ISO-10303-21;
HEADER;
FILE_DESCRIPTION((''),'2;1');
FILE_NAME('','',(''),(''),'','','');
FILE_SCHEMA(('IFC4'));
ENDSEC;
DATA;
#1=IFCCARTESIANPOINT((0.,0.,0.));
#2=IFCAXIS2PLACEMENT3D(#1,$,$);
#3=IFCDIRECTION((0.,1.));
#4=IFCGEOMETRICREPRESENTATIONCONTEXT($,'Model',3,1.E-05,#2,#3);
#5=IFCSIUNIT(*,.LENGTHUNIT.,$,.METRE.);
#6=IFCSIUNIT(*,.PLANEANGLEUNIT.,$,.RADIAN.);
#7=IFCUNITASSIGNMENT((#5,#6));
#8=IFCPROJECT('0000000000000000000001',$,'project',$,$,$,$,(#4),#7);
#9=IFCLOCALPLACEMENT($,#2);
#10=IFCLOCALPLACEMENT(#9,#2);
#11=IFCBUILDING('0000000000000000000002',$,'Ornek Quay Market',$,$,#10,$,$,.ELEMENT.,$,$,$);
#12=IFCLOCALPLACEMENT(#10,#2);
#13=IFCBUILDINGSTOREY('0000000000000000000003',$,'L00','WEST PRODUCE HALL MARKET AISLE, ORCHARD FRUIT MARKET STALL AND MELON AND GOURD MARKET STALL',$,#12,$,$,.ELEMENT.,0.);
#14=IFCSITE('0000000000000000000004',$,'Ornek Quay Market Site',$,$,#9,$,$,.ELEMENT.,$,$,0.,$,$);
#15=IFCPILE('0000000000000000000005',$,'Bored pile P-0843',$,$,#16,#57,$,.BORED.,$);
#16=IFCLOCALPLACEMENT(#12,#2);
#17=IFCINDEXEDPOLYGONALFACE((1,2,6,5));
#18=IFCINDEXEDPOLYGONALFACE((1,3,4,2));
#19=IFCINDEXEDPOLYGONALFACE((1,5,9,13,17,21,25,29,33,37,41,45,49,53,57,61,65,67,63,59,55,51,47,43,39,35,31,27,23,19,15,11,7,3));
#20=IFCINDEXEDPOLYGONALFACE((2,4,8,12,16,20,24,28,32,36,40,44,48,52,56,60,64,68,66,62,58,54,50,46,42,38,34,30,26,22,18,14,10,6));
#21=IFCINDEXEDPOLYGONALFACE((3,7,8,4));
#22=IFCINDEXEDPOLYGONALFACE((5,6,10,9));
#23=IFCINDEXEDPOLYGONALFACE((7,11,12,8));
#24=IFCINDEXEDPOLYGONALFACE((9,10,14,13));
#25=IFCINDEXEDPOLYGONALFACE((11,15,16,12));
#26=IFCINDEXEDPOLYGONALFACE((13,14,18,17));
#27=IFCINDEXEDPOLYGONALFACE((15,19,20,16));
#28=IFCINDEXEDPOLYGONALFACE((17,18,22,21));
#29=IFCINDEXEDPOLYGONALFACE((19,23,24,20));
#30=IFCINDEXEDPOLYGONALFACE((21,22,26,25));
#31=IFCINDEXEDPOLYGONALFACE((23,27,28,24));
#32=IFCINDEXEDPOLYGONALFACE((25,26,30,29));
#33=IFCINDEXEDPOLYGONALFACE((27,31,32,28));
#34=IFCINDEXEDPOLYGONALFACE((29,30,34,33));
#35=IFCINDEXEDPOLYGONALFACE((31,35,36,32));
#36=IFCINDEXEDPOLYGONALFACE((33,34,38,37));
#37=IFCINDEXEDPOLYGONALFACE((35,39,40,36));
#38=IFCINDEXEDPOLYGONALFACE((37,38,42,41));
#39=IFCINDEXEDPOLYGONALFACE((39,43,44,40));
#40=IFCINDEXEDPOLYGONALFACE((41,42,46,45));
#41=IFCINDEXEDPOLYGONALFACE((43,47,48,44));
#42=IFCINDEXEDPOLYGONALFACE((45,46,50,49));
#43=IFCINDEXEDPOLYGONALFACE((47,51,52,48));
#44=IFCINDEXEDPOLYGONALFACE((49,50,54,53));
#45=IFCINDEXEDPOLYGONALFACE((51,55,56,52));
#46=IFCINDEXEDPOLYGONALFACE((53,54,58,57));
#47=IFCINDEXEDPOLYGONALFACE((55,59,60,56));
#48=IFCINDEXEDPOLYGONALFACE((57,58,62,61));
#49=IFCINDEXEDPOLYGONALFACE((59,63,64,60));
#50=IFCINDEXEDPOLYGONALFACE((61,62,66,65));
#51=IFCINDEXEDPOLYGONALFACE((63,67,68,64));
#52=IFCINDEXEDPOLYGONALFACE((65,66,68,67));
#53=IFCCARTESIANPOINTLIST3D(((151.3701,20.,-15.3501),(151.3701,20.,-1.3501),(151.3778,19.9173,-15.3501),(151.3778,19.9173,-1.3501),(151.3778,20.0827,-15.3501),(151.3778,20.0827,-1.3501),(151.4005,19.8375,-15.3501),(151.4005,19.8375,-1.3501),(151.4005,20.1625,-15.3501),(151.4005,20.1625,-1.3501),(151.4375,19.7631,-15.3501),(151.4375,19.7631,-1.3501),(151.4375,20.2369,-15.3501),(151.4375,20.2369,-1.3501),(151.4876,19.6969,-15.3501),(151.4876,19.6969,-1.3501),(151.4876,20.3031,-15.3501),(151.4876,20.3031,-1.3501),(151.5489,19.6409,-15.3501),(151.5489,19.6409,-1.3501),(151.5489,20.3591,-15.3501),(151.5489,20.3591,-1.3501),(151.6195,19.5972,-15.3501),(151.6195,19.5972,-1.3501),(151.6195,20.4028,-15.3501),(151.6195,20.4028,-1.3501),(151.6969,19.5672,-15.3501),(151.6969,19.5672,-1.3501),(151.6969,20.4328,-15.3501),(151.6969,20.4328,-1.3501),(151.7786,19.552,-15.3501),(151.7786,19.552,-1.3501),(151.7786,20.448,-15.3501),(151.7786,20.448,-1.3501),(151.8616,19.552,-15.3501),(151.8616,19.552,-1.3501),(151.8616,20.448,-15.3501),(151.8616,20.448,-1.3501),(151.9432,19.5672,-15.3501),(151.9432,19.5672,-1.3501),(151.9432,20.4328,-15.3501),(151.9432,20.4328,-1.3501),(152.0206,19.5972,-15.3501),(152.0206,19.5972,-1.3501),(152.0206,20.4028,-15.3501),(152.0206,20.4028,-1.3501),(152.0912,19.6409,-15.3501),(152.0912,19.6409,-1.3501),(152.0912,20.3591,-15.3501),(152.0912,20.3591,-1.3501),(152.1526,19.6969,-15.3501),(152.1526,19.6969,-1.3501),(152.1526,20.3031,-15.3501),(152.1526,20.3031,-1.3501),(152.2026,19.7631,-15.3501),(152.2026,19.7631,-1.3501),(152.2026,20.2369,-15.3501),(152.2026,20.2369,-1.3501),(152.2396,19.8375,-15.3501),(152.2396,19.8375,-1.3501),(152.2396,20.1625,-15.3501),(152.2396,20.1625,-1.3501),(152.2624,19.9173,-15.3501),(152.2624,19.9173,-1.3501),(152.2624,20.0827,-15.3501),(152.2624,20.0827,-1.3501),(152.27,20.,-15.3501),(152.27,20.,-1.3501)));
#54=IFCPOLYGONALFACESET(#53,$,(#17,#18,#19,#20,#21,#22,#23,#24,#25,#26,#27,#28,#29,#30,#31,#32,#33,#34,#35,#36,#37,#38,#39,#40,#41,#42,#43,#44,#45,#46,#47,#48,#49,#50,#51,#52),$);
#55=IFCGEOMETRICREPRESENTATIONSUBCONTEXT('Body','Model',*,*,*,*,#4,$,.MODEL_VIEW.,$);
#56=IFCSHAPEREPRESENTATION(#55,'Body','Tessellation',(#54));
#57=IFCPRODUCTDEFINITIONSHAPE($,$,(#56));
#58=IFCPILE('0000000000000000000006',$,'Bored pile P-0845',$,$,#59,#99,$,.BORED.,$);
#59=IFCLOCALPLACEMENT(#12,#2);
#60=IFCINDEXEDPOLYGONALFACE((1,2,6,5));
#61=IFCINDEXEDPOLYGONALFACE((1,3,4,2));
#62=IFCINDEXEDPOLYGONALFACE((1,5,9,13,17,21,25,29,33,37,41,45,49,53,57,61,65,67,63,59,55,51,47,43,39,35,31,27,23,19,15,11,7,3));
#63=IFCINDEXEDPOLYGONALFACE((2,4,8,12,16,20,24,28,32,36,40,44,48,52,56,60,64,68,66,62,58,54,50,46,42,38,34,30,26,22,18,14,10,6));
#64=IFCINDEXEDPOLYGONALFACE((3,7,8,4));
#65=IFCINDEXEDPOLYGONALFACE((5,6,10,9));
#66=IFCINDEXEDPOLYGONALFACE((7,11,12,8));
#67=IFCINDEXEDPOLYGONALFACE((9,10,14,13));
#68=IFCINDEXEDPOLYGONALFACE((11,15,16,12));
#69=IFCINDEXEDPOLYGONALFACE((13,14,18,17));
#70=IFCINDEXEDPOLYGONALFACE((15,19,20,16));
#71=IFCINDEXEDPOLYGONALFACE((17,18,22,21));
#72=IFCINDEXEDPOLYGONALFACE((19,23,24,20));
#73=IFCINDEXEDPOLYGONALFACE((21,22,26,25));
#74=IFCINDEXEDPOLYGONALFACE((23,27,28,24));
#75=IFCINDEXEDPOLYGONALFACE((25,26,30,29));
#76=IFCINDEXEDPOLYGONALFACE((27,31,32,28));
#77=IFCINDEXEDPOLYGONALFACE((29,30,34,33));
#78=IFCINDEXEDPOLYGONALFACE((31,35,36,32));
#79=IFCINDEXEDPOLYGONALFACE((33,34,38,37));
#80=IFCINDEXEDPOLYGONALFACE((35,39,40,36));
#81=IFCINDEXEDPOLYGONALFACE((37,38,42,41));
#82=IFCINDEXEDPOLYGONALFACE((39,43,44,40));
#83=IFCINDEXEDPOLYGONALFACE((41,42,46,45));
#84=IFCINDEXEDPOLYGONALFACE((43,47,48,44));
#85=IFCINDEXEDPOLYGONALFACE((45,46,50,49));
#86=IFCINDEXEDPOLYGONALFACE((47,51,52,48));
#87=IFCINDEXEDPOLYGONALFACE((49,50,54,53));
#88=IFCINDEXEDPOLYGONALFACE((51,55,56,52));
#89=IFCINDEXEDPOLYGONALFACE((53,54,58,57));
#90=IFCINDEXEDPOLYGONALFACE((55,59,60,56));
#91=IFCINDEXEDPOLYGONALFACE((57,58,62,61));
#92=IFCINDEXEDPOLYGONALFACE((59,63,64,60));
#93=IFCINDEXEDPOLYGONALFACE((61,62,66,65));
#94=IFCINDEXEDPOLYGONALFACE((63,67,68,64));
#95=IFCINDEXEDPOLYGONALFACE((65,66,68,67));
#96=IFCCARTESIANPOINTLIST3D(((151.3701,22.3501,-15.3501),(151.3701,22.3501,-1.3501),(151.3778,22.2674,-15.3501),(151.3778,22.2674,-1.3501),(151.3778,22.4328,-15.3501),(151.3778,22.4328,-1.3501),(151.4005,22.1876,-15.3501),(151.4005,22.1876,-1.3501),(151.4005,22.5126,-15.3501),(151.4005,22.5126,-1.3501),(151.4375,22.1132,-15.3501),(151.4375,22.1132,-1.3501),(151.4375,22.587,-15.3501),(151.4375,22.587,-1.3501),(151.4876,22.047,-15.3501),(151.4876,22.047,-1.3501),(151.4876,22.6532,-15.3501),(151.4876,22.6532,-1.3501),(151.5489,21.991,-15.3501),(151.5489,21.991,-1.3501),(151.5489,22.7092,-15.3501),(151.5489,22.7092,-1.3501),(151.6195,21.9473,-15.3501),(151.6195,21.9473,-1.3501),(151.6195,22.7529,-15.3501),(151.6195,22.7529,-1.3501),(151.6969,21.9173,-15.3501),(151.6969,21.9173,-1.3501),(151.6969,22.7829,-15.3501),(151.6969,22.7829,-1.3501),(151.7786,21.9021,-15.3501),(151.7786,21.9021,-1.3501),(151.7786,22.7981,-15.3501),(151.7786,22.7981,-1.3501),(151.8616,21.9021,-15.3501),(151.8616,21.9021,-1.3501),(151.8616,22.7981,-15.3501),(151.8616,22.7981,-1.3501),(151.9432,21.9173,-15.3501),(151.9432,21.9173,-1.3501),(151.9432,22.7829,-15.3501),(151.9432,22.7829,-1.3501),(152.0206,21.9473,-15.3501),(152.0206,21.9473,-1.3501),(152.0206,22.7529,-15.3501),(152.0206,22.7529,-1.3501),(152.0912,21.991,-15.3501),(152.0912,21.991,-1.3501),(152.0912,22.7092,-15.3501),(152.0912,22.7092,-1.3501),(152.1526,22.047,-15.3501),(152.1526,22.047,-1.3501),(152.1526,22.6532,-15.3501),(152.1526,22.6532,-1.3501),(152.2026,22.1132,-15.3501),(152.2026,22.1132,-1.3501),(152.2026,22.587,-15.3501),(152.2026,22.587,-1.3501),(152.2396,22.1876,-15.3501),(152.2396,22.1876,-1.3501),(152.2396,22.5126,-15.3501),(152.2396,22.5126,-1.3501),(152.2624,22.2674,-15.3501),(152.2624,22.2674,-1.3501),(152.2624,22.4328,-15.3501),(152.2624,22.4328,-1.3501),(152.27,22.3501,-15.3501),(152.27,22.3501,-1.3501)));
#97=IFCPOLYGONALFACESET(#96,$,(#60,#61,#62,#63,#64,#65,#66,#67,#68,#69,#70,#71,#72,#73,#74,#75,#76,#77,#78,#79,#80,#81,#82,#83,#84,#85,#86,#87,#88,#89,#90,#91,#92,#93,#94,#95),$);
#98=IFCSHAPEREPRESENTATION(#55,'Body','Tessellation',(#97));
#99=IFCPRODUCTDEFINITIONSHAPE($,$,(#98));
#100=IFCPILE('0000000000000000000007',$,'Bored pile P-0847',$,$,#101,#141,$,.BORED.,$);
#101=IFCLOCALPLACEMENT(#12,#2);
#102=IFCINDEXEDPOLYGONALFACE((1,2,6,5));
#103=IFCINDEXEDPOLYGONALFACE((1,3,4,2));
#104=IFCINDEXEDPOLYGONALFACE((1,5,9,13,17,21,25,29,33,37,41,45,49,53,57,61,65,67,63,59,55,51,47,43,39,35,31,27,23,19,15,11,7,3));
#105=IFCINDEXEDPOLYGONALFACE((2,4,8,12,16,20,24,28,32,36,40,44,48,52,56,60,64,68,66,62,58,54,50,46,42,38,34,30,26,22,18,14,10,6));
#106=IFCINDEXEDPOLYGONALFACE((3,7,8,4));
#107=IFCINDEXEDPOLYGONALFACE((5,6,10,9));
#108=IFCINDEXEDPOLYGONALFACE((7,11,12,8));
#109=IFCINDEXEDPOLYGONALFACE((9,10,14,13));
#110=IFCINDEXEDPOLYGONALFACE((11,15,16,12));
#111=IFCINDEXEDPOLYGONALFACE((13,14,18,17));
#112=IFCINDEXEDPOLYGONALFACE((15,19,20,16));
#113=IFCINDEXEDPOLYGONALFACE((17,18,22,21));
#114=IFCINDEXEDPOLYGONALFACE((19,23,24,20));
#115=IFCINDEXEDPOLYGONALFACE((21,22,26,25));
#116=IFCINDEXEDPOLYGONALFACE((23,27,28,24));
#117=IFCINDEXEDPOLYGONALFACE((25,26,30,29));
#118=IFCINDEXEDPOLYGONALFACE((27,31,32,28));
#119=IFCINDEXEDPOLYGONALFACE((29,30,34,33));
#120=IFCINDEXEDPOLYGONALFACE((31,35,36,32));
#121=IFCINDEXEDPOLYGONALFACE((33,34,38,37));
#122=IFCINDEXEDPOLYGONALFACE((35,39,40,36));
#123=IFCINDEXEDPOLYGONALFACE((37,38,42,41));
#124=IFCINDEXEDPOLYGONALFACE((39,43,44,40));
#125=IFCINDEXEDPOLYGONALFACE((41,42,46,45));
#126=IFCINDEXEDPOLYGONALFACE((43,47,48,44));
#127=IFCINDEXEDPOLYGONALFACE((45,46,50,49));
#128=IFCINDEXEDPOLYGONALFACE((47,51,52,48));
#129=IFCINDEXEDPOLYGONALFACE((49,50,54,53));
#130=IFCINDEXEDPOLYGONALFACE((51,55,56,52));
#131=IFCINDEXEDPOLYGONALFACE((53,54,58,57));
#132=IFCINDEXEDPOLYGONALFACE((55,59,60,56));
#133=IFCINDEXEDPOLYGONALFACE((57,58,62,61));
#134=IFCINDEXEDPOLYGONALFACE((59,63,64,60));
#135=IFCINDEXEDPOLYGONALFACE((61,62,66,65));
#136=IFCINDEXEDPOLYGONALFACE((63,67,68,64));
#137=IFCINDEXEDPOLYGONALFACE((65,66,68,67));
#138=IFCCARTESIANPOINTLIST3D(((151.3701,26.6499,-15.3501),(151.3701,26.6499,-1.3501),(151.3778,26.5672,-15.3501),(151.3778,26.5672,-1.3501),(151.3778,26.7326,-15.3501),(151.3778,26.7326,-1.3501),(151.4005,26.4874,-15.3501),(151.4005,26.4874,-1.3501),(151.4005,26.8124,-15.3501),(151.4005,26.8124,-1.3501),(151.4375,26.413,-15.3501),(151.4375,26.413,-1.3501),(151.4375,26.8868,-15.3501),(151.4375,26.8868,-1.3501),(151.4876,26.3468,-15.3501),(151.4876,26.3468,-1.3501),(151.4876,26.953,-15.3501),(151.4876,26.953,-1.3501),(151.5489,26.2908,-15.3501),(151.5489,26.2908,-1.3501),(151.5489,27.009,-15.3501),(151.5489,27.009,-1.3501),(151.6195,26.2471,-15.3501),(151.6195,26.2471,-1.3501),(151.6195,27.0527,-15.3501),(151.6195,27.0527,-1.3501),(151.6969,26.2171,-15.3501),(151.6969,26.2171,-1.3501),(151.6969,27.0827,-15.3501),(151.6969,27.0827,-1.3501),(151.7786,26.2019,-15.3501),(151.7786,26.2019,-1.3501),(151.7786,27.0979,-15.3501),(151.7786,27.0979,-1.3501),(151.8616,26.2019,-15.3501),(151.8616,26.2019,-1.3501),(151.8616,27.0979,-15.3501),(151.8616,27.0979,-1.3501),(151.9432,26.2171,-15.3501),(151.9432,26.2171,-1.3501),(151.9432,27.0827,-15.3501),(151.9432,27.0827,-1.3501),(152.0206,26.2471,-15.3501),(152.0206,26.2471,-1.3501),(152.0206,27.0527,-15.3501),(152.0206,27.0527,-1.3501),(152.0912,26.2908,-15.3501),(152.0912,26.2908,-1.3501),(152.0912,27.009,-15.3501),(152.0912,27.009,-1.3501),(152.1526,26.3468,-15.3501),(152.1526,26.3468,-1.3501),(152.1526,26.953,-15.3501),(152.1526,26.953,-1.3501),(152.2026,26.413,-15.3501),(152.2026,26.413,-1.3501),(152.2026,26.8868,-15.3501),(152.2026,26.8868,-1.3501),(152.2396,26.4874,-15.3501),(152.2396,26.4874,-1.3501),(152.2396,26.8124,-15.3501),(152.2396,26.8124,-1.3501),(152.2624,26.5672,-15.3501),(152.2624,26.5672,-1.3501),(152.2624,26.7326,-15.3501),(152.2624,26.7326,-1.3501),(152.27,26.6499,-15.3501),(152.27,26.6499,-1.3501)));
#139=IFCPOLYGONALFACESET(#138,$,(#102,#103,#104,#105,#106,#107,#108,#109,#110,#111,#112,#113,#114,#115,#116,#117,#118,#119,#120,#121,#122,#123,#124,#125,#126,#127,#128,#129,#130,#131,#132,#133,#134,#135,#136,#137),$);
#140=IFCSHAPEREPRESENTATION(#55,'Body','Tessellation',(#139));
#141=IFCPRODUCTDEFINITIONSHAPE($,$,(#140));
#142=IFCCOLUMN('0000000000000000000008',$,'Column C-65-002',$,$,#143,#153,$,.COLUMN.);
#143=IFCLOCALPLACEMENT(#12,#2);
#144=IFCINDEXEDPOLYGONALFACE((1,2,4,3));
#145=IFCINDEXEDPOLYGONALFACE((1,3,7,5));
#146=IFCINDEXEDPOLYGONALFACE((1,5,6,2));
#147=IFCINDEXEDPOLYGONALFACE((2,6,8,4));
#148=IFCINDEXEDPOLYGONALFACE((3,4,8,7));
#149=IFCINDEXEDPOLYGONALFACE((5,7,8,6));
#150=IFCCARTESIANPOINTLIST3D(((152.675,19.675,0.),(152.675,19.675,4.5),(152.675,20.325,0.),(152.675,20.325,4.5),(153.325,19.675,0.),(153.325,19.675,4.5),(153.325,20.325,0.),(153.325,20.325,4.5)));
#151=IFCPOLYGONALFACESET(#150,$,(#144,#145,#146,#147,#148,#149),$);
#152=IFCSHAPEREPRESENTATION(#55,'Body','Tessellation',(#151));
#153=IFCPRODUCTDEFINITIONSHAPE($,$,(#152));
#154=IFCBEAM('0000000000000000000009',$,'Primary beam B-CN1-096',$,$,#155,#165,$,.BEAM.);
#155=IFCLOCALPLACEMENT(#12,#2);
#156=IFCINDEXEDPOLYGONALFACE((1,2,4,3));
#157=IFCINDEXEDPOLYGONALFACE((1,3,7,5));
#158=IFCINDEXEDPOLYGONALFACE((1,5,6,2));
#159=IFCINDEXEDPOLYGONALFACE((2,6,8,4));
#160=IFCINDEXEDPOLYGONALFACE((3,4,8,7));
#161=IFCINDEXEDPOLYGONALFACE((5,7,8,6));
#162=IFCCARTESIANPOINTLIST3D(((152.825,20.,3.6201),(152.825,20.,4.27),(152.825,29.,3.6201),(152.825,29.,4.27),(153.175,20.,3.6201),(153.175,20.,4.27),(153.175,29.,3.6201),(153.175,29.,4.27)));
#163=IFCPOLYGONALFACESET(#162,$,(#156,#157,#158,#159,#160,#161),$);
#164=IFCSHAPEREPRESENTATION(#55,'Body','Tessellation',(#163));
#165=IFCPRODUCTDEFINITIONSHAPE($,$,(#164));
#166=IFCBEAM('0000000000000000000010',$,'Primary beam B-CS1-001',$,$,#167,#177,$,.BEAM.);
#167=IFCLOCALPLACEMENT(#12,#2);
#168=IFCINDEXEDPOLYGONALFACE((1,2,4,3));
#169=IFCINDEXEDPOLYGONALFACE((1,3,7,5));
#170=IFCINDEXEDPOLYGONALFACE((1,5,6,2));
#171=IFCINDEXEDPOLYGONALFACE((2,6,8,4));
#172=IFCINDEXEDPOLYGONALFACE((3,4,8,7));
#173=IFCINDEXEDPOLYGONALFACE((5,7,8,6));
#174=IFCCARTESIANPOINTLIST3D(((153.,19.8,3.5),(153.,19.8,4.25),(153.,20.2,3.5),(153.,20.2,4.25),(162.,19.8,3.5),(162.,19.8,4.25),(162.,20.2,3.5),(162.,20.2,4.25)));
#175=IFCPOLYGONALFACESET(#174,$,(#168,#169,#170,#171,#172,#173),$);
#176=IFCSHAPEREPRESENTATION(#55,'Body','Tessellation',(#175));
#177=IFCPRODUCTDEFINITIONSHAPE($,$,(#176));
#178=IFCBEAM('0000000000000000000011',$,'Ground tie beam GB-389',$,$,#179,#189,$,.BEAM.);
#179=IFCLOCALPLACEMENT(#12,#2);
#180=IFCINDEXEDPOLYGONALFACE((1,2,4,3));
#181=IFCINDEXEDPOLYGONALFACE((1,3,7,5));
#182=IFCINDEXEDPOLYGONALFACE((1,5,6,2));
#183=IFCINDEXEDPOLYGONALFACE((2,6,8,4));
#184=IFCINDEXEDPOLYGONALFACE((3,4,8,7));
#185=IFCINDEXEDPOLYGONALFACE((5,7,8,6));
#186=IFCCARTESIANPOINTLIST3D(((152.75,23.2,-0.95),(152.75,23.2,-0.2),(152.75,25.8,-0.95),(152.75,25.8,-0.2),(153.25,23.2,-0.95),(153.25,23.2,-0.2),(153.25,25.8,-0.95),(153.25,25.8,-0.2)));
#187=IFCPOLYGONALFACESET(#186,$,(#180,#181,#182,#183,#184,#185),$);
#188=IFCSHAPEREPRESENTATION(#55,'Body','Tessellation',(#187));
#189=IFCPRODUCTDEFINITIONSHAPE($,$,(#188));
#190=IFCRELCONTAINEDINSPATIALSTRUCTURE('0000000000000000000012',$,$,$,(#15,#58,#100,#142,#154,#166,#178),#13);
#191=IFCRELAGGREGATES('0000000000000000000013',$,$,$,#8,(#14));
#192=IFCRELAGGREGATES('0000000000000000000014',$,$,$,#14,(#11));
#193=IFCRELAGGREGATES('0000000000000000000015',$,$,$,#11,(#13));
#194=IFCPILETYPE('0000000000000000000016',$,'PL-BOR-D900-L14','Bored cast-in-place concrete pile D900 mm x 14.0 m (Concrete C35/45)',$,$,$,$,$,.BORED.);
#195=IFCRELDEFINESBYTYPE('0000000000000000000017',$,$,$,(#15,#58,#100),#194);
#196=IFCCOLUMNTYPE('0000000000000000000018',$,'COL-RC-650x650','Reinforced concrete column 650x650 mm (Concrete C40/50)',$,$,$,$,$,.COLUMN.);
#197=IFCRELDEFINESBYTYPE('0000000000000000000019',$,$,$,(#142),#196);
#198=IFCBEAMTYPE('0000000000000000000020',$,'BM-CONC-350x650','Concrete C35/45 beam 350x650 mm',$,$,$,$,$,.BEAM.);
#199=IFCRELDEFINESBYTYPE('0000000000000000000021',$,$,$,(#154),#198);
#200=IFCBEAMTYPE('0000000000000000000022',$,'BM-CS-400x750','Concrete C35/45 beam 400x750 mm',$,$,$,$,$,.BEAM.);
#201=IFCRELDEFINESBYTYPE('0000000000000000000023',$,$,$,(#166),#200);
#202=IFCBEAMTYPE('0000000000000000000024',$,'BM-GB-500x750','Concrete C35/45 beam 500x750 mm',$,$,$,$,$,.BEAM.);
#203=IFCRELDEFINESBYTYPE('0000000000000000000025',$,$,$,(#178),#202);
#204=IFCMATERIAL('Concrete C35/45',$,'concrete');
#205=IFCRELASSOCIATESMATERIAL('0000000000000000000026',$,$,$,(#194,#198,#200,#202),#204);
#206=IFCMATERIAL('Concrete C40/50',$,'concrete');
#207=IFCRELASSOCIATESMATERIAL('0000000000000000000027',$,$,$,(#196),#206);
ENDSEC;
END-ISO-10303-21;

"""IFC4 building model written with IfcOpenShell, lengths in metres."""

from ifc_helpers import new_model, si_unit, direction, frame, origin, origin_2d, place, context, subcontext, project, spatial, rectangle, circle, extrude, material, material_profile, profile_set, type_object, element, save


model = new_model("IFC4")

# Units and contexts
model_context = context("Model", 3, precision=1e-05, world=origin(), true_north=direction((0.0, 1.0)))
body_context = subcontext(model_context, "Body", "Model", "MODEL_VIEW")
ifc_project = project(units=[si_unit("LENGTHUNIT", "METRE"), si_unit("PLANEANGLEUNIT", "RADIAN")], contexts=[model_context])

# Site, building, storey
site_placement = place(None, origin())
site = spatial("IfcSite", under=ifc_project, at=site_placement, Name="Ornek Quay Market Site", CompositionType="ELEMENT", RefElevation=0.0)
building_placement = place(site_placement, origin())
building = spatial("IfcBuilding", under=site, at=building_placement, Name="Ornek Quay Market", CompositionType="ELEMENT")
storey_placement = place(building_placement, origin())
storey = spatial("IfcBuildingStorey", under=building, at=storey_placement, Name="L00", Description="WEST PRODUCE HALL MARKET AISLE, ORCHARD FRUIT MARKET STALL AND MELON AND GOURD MARKET STALL", CompositionType="ELEMENT", Elevation=0.0)

# Piles
ifc_material_1 = material(Name="Concrete C35/45", Category="concrete")
ifc_material_profile_1 = material_profile(ifc_material_1, circle(Radius=0.45, at=origin_2d()), Name="PILE D900", Category="concrete")
ifc_profile_set_1 = profile_set([ifc_material_profile_1], Name="Concrete C35/45")
pile_type = type_object("IfcPileType", Name="PL-BOR-D900-L14", Description="Bored cast-in-place concrete pile D900 mm x 14.0 m (Concrete C35/45)", PredefinedType="BORED", material=ifc_profile_set_1)
for number, where, z_axis, x_axis, name in (
    (1, (151.8201, 20.0, -1.3501), (0.0, 0.0, -1.0), (1.0, 0.0, 0.0), "Bored pile P-0843"),
    (2, (151.8201, 22.3501, -1.3501), (0.0, 0.0, -1.0), (1.0, 0.0, 0.0), "Bored pile P-0845"),
    (3, (151.8201, 26.6499, -1.3501), (0.0, 0.0, -1.0), (1.0, 0.0, 0.0), "Bored pile P-0847"),
):
    element("IfcPile", number, at=place(storey_placement, frame(where, z_axis=z_axis, x_axis=x_axis)), inside=storey, type_object=pile_type, Name=name, PredefinedType="BORED", context=body_context, shape_type="SweptSolid", body=[
        extrude(circle(Radius=0.45, at=origin_2d()), origin(), (0.0, 0.0, 1.0), 14.0),
    ])

# Column
ifc_material_2 = material(Name="Concrete C40/50", Category="concrete")
ifc_material_profile_2 = material_profile(ifc_material_2, rectangle(XDim=0.6499, YDim=0.6499, at=origin_2d()), Name="RC 650x650", Category="concrete")
ifc_profile_set_2 = profile_set([ifc_material_profile_2], Name="Concrete C40/50")
column_type = type_object("IfcColumnType", Name="COL-RC-650x650", Description="Reinforced concrete column 650x650 mm (Concrete C40/50)", PredefinedType="COLUMN", material=ifc_profile_set_2)
column_placement = place(storey_placement, frame((153.0, 20.0, 0.0), z_axis=(0.0, 0.0, 1.0), x_axis=(1.0, 0.0, 0.0)))
element("IfcColumn", 4, at=column_placement, inside=storey, type_object=column_type, Name="Column C-65-002", PredefinedType="COLUMN", context=body_context, shape_type="SweptSolid", body=[
    extrude(rectangle(XDim=0.6499, YDim=0.6499, at=origin_2d()), origin(), (0.0, 0.0, 1.0), 4.5),
])

# Beams
ifc_material_profile_3 = material_profile(ifc_material_1, rectangle(XDim=0.3501, YDim=0.6499, at=origin_2d()), Name="RC 350x650", Category="concrete")
ifc_profile_set_3 = profile_set([ifc_material_profile_3], Name="Concrete C35/45")
beam_type_1 = type_object("IfcBeamType", Name="BM-CONC-350x650", Description="Concrete C35/45 beam 350x650 mm", PredefinedType="BEAM", material=ifc_profile_set_3)
beam_1_placement = place(storey_placement, frame((153.0, 20.0, 3.9451), z_axis=(0.0, 1.0, 0.0), x_axis=(-1.0, 0.0, 0.0)))
element("IfcBeam", 5, at=beam_1_placement, inside=storey, type_object=beam_type_1, Name="Primary beam B-CN1-096", PredefinedType="BEAM", context=body_context, shape_type="SweptSolid", body=[
    extrude(rectangle(XDim=0.3501, YDim=0.6499, at=origin_2d()), origin(), (0.0, 0.0, 1.0), 9.0),
])
ifc_material_profile_4 = material_profile(ifc_material_1, rectangle(XDim=0.3999, YDim=0.75, at=origin_2d()), Name="RC 400x750", Category="concrete")
ifc_profile_set_4 = profile_set([ifc_material_profile_4], Name="Concrete C35/45")
beam_type_2 = type_object("IfcBeamType", Name="BM-CS-400x750", Description="Concrete C35/45 beam 400x750 mm", PredefinedType="BEAM", material=ifc_profile_set_4)
beam_2_placement = place(storey_placement, frame((153.0, 20.0, 3.875), z_axis=(1.0, 0.0, 0.0), x_axis=(0.0, 1.0, 0.0)))
element("IfcBeam", 6, at=beam_2_placement, inside=storey, type_object=beam_type_2, Name="Primary beam B-CS1-001", PredefinedType="BEAM", context=body_context, shape_type="SweptSolid", body=[
    extrude(rectangle(XDim=0.3999, YDim=0.75, at=origin_2d()), origin(), (0.0, 0.0, 1.0), 9.0),
])
ifc_material_profile_5 = material_profile(ifc_material_1, rectangle(XDim=0.5, YDim=0.75, at=origin_2d()), Name="RC 500x750", Category="concrete")
ifc_profile_set_5 = profile_set([ifc_material_profile_5], Name="Concrete C35/45")
beam_type_3 = type_object("IfcBeamType", Name="BM-GB-500x750", Description="Concrete C35/45 beam 500x750 mm", PredefinedType="BEAM", material=ifc_profile_set_5)
beam_3_placement = place(storey_placement, frame((153.0, 23.2, -0.575), z_axis=(0.0, 1.0, 0.0), x_axis=(-1.0, 0.0, 0.0)))
element("IfcBeam", 7, at=beam_3_placement, inside=storey, type_object=beam_type_3, Name="Ground tie beam GB-389", PredefinedType="BEAM", context=body_context, shape_type="SweptSolid", body=[
    extrude(rectangle(XDim=0.5, YDim=0.75, at=origin_2d()), origin(), (0.0, 0.0, 1.0), 2.6001),
])

save(model, "model.ifc")
